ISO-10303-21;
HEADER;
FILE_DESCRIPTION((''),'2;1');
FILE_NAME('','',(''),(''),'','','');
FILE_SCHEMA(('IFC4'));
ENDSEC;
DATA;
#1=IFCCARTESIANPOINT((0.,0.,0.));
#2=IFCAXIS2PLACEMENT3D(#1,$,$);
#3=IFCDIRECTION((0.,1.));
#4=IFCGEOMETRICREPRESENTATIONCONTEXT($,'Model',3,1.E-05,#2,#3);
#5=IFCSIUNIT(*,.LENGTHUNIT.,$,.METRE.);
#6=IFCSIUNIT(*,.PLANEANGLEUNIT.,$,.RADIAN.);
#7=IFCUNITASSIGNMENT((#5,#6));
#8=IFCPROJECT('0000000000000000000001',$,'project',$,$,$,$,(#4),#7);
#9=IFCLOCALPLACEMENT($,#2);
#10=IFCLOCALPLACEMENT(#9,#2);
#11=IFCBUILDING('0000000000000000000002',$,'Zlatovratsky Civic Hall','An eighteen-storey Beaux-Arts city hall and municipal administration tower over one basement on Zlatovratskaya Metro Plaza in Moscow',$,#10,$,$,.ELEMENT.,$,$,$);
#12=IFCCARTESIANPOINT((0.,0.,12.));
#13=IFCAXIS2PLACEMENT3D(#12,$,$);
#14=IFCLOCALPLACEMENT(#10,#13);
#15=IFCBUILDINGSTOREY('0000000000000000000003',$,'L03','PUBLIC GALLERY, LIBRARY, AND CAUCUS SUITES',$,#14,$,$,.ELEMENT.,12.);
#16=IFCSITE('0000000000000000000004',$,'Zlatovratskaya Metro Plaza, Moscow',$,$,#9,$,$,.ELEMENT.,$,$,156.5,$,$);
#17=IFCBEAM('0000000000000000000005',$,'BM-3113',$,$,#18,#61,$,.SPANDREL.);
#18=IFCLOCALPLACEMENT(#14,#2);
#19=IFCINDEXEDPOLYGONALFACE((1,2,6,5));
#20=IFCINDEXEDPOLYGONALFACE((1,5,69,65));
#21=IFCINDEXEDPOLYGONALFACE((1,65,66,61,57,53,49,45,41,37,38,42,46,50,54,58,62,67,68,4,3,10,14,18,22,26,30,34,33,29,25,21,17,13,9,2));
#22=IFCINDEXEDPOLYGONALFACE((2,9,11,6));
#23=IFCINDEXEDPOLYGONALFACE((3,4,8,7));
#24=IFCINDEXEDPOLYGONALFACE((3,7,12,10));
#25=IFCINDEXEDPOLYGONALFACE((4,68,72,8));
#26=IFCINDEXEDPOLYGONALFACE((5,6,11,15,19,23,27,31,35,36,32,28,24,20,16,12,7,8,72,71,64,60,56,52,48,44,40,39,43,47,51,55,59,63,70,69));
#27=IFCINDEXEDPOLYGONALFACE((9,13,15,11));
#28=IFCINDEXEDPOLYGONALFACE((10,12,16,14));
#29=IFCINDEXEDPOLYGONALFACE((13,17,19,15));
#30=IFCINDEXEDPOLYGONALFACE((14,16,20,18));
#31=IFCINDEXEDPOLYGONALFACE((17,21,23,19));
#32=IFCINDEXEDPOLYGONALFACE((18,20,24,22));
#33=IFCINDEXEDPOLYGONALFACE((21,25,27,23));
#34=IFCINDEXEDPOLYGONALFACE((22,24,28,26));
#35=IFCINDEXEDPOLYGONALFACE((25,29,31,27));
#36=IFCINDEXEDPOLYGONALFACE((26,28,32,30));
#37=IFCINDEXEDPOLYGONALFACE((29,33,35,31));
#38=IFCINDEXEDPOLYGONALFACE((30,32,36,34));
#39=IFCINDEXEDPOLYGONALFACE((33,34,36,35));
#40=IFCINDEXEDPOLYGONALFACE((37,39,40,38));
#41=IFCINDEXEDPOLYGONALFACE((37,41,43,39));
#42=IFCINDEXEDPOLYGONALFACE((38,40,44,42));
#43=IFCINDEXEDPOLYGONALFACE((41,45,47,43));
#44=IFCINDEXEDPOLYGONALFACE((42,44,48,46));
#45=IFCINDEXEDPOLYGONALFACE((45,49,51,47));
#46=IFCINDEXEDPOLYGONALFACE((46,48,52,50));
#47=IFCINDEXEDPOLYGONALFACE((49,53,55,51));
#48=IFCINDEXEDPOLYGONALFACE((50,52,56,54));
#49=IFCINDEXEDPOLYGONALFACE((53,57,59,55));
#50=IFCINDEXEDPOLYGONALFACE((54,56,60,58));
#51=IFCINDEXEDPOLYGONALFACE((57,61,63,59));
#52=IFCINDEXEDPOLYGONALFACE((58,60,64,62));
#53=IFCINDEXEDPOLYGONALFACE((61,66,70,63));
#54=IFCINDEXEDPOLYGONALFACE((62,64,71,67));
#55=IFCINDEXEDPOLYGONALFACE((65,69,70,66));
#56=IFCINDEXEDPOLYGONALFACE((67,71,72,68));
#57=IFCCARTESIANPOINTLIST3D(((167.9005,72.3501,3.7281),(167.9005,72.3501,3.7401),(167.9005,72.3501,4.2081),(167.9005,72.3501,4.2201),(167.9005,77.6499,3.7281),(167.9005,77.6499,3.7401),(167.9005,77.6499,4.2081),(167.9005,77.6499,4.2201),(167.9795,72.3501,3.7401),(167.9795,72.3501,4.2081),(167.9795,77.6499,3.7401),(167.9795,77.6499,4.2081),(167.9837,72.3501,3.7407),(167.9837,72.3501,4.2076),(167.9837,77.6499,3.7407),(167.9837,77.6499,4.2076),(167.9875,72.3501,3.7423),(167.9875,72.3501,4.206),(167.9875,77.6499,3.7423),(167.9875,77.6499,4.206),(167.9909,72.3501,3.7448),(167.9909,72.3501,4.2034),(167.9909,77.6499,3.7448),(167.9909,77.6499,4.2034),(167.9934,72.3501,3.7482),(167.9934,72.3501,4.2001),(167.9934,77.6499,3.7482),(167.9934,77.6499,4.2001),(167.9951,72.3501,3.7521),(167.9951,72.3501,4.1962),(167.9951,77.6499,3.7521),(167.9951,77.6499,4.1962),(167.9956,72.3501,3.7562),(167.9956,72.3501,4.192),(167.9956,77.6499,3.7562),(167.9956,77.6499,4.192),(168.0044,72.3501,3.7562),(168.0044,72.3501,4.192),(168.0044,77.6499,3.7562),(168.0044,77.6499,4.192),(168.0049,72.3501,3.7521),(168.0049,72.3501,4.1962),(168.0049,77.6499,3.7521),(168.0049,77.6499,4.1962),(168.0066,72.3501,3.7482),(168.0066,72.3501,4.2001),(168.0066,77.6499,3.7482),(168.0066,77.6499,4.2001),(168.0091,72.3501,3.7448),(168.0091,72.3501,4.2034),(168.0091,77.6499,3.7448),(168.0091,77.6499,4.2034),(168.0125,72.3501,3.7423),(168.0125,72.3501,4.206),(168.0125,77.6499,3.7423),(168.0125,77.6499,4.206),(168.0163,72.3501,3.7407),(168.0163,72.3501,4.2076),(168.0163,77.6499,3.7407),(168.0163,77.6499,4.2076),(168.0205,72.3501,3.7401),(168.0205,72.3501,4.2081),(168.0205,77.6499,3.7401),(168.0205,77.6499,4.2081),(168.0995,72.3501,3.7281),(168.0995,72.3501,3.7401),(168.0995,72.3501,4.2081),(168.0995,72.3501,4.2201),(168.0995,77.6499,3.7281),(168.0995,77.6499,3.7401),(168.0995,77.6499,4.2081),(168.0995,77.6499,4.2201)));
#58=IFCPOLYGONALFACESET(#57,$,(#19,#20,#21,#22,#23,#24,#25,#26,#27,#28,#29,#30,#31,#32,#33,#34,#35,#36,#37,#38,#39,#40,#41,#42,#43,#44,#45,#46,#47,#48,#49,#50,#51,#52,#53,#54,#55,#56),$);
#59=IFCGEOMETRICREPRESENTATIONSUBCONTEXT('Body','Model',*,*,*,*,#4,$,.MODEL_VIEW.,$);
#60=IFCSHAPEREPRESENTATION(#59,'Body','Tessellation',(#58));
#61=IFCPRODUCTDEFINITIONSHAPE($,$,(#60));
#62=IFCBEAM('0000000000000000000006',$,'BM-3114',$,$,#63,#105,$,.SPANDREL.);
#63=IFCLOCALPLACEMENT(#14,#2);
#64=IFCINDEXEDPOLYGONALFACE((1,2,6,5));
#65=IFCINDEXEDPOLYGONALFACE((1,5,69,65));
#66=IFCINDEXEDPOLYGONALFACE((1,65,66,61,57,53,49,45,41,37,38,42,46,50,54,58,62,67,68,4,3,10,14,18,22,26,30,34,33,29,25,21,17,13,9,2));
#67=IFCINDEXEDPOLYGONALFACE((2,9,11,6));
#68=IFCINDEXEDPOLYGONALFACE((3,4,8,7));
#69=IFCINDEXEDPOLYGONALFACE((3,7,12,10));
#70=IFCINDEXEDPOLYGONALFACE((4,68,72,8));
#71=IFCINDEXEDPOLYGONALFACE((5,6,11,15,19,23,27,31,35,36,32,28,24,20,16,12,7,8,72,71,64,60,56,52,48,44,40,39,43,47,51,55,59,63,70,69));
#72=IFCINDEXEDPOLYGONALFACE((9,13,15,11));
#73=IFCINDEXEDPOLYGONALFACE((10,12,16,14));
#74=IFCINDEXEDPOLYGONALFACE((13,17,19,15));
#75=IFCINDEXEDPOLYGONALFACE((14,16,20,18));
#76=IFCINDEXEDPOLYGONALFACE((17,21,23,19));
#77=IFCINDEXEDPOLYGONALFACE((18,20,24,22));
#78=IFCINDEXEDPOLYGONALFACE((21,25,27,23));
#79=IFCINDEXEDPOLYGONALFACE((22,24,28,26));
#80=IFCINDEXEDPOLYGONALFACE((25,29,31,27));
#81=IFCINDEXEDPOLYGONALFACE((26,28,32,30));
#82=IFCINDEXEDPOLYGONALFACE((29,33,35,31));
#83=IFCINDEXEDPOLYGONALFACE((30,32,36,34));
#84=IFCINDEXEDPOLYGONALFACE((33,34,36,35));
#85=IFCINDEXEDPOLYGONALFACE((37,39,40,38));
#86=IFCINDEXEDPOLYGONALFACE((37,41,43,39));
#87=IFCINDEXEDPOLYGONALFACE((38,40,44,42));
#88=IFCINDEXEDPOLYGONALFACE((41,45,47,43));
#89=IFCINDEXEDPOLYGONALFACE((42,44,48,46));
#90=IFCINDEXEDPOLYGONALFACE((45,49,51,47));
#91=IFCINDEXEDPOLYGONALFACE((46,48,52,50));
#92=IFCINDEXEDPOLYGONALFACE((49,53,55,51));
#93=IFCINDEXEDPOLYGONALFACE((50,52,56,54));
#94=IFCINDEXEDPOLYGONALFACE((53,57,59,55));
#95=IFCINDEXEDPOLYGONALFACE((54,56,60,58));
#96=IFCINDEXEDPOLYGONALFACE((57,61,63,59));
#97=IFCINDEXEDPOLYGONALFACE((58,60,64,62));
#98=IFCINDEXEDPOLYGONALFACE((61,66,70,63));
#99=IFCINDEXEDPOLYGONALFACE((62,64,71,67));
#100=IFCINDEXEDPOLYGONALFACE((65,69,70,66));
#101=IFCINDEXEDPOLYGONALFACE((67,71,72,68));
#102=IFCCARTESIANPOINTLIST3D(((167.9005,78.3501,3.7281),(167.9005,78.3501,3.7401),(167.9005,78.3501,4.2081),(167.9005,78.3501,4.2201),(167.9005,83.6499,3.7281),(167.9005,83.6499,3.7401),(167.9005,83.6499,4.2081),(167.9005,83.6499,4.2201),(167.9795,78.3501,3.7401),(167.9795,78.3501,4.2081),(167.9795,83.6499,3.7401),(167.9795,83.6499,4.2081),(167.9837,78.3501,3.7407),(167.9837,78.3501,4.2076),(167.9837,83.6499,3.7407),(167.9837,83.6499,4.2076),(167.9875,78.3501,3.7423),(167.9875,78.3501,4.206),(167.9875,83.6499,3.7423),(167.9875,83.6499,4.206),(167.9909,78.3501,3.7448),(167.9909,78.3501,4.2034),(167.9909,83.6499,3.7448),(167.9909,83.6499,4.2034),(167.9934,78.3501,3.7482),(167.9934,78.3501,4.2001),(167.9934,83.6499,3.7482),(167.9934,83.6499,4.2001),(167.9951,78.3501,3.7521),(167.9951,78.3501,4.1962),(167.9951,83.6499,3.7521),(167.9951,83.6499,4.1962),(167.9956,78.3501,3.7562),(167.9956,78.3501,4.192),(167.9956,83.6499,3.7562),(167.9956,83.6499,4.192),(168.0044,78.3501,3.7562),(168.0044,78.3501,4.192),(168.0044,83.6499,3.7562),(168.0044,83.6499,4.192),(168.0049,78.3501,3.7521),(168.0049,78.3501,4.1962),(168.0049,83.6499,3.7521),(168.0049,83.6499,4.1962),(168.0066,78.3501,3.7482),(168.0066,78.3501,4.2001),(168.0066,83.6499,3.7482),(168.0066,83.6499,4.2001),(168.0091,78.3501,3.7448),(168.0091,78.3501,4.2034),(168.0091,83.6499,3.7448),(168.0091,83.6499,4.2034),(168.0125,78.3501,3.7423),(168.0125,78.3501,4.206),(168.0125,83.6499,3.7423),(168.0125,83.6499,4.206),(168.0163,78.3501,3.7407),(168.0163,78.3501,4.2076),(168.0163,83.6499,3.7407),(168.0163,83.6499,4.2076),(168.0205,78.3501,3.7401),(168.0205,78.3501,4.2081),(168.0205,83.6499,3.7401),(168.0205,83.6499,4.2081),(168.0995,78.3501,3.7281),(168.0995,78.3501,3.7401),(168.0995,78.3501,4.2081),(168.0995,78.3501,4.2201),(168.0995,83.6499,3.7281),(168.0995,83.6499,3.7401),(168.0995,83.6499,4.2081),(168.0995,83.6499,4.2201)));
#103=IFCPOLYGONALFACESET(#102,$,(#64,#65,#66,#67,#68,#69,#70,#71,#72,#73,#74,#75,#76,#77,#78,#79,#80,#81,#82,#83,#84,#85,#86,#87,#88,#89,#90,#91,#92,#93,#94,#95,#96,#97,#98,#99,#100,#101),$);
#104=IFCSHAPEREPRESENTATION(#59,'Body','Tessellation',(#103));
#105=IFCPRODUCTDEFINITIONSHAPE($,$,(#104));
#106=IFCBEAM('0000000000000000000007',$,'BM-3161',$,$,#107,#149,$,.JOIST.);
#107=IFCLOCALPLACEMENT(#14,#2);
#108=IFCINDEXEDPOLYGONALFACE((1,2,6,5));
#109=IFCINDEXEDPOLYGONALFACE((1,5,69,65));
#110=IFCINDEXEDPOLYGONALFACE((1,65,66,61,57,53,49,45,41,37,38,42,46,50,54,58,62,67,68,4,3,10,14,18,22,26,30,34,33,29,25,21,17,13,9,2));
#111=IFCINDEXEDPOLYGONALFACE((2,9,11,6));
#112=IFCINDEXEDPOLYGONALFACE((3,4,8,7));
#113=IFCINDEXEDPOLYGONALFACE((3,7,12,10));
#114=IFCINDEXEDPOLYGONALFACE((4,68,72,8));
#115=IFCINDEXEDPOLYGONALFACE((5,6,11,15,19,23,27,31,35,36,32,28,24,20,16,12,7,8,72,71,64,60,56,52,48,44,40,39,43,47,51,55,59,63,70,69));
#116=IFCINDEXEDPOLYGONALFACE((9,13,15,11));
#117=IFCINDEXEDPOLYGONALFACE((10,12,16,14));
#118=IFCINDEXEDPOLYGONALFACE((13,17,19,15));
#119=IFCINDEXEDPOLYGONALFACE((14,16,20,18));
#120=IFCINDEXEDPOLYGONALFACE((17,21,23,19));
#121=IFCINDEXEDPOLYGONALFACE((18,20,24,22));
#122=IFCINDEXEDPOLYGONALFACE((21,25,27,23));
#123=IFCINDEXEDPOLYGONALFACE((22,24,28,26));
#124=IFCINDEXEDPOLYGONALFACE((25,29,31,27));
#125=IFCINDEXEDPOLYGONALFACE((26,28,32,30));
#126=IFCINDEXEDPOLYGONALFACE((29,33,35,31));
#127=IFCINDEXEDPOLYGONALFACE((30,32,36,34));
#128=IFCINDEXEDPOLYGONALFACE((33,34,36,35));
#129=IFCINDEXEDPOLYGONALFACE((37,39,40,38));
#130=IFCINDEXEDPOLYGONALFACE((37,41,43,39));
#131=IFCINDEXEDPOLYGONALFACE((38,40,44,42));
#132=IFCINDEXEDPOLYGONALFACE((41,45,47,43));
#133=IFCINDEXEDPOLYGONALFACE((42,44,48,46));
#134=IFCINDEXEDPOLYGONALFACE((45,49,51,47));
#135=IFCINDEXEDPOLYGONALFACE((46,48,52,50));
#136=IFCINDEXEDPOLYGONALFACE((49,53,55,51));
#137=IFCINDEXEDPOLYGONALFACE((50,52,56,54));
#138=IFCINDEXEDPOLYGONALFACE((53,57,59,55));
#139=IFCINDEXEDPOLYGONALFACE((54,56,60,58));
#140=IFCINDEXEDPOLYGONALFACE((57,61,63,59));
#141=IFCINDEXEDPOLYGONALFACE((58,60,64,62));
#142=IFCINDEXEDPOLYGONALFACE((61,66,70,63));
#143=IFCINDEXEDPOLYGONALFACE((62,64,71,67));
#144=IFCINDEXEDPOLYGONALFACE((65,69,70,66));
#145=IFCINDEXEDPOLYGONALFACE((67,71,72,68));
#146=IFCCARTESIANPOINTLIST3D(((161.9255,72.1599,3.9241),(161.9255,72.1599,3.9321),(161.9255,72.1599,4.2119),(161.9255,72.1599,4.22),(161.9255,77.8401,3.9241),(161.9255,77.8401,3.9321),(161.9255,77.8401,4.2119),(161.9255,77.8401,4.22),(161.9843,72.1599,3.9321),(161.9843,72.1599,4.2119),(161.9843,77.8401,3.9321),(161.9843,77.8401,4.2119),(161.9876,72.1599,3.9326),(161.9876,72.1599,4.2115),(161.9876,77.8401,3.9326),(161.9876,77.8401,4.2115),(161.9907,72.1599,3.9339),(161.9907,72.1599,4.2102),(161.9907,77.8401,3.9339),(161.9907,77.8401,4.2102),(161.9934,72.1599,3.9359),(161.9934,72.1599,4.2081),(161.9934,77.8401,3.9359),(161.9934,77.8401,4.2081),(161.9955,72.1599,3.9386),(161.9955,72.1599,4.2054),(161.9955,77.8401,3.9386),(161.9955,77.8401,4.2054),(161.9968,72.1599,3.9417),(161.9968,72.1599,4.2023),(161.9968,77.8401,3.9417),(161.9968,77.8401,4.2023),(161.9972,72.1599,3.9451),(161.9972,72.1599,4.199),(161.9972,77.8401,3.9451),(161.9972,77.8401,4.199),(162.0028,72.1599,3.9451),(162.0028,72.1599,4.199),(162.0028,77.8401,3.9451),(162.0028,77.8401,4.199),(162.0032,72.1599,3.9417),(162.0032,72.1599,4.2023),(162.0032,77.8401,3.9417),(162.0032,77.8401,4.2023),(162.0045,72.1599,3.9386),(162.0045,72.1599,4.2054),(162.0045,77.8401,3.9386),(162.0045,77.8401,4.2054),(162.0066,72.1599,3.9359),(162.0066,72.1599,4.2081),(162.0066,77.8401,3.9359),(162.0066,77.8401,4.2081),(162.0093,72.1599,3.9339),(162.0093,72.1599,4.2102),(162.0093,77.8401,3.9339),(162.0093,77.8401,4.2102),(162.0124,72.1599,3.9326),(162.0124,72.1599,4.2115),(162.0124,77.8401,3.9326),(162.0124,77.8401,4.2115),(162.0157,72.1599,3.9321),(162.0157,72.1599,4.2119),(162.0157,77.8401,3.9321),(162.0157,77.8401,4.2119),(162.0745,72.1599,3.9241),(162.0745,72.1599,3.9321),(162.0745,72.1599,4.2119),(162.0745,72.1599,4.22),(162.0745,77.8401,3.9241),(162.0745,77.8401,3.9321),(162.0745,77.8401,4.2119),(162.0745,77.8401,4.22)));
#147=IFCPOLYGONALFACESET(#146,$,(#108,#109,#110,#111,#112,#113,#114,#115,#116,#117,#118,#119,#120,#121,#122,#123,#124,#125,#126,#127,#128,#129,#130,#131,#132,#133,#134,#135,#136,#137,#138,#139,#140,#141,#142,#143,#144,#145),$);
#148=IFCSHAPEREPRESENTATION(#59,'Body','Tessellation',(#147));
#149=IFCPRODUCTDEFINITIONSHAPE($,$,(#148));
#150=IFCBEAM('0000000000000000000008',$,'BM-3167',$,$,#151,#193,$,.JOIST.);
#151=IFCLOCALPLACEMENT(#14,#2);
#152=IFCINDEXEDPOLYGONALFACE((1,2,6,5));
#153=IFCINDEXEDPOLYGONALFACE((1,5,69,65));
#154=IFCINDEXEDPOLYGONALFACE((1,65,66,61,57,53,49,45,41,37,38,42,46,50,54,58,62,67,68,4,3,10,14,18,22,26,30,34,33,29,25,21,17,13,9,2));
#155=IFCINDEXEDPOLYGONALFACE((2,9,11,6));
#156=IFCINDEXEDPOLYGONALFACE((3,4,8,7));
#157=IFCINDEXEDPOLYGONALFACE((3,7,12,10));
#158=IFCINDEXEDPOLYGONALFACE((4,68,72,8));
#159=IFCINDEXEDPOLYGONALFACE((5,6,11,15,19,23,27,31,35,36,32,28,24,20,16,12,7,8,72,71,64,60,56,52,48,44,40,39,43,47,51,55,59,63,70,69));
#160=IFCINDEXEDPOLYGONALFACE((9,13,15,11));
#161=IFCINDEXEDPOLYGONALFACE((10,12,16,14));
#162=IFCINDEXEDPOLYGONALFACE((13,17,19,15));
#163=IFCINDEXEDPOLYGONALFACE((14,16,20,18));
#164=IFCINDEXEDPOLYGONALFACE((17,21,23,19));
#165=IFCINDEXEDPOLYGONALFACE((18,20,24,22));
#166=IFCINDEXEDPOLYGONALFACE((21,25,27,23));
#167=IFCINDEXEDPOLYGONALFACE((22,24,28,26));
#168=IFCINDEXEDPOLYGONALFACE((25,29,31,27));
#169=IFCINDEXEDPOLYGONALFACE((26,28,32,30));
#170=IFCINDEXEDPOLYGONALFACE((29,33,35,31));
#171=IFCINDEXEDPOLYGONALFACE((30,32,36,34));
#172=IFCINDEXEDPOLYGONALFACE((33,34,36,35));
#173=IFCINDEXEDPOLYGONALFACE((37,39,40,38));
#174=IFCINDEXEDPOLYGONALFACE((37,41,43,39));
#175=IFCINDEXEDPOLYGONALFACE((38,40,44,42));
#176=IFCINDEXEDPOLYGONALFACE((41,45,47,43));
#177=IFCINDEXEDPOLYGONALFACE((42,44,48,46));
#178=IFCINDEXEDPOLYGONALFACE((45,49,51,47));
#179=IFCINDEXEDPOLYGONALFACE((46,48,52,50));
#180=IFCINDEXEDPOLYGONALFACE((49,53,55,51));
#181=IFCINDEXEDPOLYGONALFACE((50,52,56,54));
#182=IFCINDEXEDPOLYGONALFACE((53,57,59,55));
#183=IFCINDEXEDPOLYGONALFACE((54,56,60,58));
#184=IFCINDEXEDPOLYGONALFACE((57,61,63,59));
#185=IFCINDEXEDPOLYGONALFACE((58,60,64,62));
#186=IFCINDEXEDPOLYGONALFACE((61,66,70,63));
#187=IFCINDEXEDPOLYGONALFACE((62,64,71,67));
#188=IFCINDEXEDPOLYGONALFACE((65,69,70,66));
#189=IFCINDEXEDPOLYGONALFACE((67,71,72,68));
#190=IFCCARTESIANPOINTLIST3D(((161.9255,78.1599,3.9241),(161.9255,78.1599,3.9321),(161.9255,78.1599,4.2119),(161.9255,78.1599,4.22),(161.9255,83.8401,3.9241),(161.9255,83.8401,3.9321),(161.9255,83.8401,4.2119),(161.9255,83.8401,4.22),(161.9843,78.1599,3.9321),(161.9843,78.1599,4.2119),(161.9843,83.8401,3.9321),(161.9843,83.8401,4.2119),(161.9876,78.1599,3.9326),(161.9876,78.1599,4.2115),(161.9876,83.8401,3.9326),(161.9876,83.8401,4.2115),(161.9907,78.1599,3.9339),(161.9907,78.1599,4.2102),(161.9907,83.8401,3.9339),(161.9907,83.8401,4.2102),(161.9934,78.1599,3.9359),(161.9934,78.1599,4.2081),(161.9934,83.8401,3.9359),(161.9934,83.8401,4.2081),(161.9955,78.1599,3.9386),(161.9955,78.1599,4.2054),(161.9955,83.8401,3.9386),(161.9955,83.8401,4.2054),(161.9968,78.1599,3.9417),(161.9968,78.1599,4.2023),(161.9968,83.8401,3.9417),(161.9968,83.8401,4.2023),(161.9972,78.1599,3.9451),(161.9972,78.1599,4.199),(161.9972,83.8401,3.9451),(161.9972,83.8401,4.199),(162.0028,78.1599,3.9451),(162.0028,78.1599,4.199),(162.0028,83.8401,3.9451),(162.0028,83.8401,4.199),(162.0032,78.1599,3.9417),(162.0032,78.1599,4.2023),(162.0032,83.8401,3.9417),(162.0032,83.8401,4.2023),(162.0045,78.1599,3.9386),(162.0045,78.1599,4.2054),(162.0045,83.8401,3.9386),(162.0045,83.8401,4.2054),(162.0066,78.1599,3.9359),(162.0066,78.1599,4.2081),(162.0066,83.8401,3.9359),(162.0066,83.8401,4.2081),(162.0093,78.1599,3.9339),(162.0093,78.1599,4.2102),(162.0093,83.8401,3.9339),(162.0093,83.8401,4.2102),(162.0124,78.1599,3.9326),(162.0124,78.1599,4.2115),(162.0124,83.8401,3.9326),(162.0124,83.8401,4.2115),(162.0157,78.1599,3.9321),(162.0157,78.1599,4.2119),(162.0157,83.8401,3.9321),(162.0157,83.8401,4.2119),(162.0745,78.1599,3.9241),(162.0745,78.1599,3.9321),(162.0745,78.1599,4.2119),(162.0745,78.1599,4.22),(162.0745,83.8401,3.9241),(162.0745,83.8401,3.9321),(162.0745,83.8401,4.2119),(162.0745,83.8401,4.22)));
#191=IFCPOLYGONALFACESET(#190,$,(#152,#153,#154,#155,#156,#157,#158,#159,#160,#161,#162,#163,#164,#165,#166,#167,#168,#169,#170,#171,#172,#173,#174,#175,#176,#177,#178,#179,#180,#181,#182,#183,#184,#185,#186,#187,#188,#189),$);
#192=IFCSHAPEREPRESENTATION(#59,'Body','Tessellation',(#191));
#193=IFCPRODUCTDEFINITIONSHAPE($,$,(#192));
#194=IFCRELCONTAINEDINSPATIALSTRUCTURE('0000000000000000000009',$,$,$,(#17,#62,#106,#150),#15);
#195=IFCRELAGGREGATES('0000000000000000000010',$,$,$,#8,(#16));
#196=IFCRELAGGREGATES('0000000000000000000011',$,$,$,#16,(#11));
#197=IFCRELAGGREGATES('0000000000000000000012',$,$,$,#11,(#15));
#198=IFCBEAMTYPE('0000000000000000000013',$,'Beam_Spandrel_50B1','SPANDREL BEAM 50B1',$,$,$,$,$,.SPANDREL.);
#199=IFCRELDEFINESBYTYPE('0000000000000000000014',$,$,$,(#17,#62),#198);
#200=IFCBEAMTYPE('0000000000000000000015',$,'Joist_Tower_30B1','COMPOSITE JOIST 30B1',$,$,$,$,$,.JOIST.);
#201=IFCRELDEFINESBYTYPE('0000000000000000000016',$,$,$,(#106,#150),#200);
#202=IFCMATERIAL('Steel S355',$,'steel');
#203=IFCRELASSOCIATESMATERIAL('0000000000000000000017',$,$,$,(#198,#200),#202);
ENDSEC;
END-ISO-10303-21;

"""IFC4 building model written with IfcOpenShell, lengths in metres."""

from ifc_helpers import new_model, si_unit, direction, frame, origin, origin_2d, place, context, subcontext, project, spatial, i_section, extrude, material, material_profile, profile_set, type_object, element, save


model = new_model("IFC4")

# Units and contexts
model_context = context("Model", 3, precision=1e-05, world=origin(), true_north=direction((0.0, 1.0)))
body_context = subcontext(model_context, "Body", "Model", "MODEL_VIEW")
ifc_project = project(units=[si_unit("LENGTHUNIT", "METRE"), si_unit("PLANEANGLEUNIT", "RADIAN")], contexts=[model_context])

# Site, building, storey
site_placement = place(None, origin())
site = spatial("IfcSite", under=ifc_project, at=site_placement, Name="Zlatovratskaya Metro Plaza, Moscow", CompositionType="ELEMENT", RefElevation=156.5)
building_placement = place(site_placement, origin())
building = spatial("IfcBuilding", under=site, at=building_placement, Name="Zlatovratsky Civic Hall", Description="An eighteen-storey Beaux-Arts city hall and municipal administration tower over one basement on Zlatovratskaya Metro Plaza in Moscow", CompositionType="ELEMENT")
storey_placement = place(building_placement, frame((0.0, 0.0, 12.0)))
storey = spatial("IfcBuildingStorey", under=building, at=storey_placement, Name="L03", Description="PUBLIC GALLERY, LIBRARY, AND CAUCUS SUITES", CompositionType="ELEMENT", Elevation=12.0)

# Shared definitions
ifc_material_1 = material(Name="Steel S355", Category="steel")

# Beams
ifc_material_profile_1 = material_profile(ifc_material_1, i_section(OverallWidth=0.199, OverallDepth=0.4919, WebThickness=0.0088, FlangeThickness=0.012, FilletRadius=0.0161, at=origin_2d()), Name="50B1")
ifc_profile_set_1 = profile_set([ifc_material_profile_1], Name="Steel S355")
beam_type_1 = type_object("IfcBeamType", Name="Beam_Spandrel_50B1", Description="SPANDREL BEAM 50B1", PredefinedType="SPANDREL", material=ifc_profile_set_1)
for number, where, z_axis, x_axis, name in (
    (1, (168.0, 72.3501, 3.9741), (0.0, 1.0, 0.0), (-1.0, 0.0, 0.0), "BM-3113"),
    (2, (168.0, 78.3501, 3.9741), (0.0, 1.0, 0.0), (-1.0, 0.0, 0.0), "BM-3114"),
):
    element("IfcBeam", number, at=place(storey_placement, frame(where, z_axis=z_axis, x_axis=x_axis)), inside=storey, type_object=beam_type_1, Name=name, PredefinedType="SPANDREL", context=body_context, shape_type="SweptSolid", body=[
        extrude(i_section(OverallWidth=0.199, OverallDepth=0.4919, WebThickness=0.0088, FlangeThickness=0.012, FilletRadius=0.0161, at=origin_2d()), origin(), (0.0, 0.0, 1.0), 5.2998),
    ])
ifc_material_profile_2 = material_profile(ifc_material_1, i_section(OverallWidth=0.1489, OverallDepth=0.2959, WebThickness=0.0056, FlangeThickness=0.0081, FilletRadius=0.0129, at=origin_2d()), Name="30B1")
ifc_profile_set_2 = profile_set([ifc_material_profile_2], Name="Steel S355")
beam_type_2 = type_object("IfcBeamType", Name="Joist_Tower_30B1", Description="COMPOSITE JOIST 30B1", PredefinedType="JOIST", material=ifc_profile_set_2)
for number, where, z_axis, x_axis, name in (
    (3, (162.0, 72.1599, 4.072), (0.0, 1.0, 0.0), (-1.0, 0.0, 0.0), "BM-3161"),
    (4, (162.0, 78.1599, 4.072), (0.0, 1.0, 0.0), (-1.0, 0.0, 0.0), "BM-3167"),
):
    element("IfcBeam", number, at=place(storey_placement, frame(where, z_axis=z_axis, x_axis=x_axis)), inside=storey, type_object=beam_type_2, Name=name, PredefinedType="JOIST", context=body_context, shape_type="SweptSolid", body=[
        extrude(i_section(OverallWidth=0.1489, OverallDepth=0.2959, WebThickness=0.0056, FlangeThickness=0.0081, FilletRadius=0.0129, at=origin_2d()), origin(), (0.0, 0.0, 1.0), 5.6802),
    ])

save(model, "model.ifc")
